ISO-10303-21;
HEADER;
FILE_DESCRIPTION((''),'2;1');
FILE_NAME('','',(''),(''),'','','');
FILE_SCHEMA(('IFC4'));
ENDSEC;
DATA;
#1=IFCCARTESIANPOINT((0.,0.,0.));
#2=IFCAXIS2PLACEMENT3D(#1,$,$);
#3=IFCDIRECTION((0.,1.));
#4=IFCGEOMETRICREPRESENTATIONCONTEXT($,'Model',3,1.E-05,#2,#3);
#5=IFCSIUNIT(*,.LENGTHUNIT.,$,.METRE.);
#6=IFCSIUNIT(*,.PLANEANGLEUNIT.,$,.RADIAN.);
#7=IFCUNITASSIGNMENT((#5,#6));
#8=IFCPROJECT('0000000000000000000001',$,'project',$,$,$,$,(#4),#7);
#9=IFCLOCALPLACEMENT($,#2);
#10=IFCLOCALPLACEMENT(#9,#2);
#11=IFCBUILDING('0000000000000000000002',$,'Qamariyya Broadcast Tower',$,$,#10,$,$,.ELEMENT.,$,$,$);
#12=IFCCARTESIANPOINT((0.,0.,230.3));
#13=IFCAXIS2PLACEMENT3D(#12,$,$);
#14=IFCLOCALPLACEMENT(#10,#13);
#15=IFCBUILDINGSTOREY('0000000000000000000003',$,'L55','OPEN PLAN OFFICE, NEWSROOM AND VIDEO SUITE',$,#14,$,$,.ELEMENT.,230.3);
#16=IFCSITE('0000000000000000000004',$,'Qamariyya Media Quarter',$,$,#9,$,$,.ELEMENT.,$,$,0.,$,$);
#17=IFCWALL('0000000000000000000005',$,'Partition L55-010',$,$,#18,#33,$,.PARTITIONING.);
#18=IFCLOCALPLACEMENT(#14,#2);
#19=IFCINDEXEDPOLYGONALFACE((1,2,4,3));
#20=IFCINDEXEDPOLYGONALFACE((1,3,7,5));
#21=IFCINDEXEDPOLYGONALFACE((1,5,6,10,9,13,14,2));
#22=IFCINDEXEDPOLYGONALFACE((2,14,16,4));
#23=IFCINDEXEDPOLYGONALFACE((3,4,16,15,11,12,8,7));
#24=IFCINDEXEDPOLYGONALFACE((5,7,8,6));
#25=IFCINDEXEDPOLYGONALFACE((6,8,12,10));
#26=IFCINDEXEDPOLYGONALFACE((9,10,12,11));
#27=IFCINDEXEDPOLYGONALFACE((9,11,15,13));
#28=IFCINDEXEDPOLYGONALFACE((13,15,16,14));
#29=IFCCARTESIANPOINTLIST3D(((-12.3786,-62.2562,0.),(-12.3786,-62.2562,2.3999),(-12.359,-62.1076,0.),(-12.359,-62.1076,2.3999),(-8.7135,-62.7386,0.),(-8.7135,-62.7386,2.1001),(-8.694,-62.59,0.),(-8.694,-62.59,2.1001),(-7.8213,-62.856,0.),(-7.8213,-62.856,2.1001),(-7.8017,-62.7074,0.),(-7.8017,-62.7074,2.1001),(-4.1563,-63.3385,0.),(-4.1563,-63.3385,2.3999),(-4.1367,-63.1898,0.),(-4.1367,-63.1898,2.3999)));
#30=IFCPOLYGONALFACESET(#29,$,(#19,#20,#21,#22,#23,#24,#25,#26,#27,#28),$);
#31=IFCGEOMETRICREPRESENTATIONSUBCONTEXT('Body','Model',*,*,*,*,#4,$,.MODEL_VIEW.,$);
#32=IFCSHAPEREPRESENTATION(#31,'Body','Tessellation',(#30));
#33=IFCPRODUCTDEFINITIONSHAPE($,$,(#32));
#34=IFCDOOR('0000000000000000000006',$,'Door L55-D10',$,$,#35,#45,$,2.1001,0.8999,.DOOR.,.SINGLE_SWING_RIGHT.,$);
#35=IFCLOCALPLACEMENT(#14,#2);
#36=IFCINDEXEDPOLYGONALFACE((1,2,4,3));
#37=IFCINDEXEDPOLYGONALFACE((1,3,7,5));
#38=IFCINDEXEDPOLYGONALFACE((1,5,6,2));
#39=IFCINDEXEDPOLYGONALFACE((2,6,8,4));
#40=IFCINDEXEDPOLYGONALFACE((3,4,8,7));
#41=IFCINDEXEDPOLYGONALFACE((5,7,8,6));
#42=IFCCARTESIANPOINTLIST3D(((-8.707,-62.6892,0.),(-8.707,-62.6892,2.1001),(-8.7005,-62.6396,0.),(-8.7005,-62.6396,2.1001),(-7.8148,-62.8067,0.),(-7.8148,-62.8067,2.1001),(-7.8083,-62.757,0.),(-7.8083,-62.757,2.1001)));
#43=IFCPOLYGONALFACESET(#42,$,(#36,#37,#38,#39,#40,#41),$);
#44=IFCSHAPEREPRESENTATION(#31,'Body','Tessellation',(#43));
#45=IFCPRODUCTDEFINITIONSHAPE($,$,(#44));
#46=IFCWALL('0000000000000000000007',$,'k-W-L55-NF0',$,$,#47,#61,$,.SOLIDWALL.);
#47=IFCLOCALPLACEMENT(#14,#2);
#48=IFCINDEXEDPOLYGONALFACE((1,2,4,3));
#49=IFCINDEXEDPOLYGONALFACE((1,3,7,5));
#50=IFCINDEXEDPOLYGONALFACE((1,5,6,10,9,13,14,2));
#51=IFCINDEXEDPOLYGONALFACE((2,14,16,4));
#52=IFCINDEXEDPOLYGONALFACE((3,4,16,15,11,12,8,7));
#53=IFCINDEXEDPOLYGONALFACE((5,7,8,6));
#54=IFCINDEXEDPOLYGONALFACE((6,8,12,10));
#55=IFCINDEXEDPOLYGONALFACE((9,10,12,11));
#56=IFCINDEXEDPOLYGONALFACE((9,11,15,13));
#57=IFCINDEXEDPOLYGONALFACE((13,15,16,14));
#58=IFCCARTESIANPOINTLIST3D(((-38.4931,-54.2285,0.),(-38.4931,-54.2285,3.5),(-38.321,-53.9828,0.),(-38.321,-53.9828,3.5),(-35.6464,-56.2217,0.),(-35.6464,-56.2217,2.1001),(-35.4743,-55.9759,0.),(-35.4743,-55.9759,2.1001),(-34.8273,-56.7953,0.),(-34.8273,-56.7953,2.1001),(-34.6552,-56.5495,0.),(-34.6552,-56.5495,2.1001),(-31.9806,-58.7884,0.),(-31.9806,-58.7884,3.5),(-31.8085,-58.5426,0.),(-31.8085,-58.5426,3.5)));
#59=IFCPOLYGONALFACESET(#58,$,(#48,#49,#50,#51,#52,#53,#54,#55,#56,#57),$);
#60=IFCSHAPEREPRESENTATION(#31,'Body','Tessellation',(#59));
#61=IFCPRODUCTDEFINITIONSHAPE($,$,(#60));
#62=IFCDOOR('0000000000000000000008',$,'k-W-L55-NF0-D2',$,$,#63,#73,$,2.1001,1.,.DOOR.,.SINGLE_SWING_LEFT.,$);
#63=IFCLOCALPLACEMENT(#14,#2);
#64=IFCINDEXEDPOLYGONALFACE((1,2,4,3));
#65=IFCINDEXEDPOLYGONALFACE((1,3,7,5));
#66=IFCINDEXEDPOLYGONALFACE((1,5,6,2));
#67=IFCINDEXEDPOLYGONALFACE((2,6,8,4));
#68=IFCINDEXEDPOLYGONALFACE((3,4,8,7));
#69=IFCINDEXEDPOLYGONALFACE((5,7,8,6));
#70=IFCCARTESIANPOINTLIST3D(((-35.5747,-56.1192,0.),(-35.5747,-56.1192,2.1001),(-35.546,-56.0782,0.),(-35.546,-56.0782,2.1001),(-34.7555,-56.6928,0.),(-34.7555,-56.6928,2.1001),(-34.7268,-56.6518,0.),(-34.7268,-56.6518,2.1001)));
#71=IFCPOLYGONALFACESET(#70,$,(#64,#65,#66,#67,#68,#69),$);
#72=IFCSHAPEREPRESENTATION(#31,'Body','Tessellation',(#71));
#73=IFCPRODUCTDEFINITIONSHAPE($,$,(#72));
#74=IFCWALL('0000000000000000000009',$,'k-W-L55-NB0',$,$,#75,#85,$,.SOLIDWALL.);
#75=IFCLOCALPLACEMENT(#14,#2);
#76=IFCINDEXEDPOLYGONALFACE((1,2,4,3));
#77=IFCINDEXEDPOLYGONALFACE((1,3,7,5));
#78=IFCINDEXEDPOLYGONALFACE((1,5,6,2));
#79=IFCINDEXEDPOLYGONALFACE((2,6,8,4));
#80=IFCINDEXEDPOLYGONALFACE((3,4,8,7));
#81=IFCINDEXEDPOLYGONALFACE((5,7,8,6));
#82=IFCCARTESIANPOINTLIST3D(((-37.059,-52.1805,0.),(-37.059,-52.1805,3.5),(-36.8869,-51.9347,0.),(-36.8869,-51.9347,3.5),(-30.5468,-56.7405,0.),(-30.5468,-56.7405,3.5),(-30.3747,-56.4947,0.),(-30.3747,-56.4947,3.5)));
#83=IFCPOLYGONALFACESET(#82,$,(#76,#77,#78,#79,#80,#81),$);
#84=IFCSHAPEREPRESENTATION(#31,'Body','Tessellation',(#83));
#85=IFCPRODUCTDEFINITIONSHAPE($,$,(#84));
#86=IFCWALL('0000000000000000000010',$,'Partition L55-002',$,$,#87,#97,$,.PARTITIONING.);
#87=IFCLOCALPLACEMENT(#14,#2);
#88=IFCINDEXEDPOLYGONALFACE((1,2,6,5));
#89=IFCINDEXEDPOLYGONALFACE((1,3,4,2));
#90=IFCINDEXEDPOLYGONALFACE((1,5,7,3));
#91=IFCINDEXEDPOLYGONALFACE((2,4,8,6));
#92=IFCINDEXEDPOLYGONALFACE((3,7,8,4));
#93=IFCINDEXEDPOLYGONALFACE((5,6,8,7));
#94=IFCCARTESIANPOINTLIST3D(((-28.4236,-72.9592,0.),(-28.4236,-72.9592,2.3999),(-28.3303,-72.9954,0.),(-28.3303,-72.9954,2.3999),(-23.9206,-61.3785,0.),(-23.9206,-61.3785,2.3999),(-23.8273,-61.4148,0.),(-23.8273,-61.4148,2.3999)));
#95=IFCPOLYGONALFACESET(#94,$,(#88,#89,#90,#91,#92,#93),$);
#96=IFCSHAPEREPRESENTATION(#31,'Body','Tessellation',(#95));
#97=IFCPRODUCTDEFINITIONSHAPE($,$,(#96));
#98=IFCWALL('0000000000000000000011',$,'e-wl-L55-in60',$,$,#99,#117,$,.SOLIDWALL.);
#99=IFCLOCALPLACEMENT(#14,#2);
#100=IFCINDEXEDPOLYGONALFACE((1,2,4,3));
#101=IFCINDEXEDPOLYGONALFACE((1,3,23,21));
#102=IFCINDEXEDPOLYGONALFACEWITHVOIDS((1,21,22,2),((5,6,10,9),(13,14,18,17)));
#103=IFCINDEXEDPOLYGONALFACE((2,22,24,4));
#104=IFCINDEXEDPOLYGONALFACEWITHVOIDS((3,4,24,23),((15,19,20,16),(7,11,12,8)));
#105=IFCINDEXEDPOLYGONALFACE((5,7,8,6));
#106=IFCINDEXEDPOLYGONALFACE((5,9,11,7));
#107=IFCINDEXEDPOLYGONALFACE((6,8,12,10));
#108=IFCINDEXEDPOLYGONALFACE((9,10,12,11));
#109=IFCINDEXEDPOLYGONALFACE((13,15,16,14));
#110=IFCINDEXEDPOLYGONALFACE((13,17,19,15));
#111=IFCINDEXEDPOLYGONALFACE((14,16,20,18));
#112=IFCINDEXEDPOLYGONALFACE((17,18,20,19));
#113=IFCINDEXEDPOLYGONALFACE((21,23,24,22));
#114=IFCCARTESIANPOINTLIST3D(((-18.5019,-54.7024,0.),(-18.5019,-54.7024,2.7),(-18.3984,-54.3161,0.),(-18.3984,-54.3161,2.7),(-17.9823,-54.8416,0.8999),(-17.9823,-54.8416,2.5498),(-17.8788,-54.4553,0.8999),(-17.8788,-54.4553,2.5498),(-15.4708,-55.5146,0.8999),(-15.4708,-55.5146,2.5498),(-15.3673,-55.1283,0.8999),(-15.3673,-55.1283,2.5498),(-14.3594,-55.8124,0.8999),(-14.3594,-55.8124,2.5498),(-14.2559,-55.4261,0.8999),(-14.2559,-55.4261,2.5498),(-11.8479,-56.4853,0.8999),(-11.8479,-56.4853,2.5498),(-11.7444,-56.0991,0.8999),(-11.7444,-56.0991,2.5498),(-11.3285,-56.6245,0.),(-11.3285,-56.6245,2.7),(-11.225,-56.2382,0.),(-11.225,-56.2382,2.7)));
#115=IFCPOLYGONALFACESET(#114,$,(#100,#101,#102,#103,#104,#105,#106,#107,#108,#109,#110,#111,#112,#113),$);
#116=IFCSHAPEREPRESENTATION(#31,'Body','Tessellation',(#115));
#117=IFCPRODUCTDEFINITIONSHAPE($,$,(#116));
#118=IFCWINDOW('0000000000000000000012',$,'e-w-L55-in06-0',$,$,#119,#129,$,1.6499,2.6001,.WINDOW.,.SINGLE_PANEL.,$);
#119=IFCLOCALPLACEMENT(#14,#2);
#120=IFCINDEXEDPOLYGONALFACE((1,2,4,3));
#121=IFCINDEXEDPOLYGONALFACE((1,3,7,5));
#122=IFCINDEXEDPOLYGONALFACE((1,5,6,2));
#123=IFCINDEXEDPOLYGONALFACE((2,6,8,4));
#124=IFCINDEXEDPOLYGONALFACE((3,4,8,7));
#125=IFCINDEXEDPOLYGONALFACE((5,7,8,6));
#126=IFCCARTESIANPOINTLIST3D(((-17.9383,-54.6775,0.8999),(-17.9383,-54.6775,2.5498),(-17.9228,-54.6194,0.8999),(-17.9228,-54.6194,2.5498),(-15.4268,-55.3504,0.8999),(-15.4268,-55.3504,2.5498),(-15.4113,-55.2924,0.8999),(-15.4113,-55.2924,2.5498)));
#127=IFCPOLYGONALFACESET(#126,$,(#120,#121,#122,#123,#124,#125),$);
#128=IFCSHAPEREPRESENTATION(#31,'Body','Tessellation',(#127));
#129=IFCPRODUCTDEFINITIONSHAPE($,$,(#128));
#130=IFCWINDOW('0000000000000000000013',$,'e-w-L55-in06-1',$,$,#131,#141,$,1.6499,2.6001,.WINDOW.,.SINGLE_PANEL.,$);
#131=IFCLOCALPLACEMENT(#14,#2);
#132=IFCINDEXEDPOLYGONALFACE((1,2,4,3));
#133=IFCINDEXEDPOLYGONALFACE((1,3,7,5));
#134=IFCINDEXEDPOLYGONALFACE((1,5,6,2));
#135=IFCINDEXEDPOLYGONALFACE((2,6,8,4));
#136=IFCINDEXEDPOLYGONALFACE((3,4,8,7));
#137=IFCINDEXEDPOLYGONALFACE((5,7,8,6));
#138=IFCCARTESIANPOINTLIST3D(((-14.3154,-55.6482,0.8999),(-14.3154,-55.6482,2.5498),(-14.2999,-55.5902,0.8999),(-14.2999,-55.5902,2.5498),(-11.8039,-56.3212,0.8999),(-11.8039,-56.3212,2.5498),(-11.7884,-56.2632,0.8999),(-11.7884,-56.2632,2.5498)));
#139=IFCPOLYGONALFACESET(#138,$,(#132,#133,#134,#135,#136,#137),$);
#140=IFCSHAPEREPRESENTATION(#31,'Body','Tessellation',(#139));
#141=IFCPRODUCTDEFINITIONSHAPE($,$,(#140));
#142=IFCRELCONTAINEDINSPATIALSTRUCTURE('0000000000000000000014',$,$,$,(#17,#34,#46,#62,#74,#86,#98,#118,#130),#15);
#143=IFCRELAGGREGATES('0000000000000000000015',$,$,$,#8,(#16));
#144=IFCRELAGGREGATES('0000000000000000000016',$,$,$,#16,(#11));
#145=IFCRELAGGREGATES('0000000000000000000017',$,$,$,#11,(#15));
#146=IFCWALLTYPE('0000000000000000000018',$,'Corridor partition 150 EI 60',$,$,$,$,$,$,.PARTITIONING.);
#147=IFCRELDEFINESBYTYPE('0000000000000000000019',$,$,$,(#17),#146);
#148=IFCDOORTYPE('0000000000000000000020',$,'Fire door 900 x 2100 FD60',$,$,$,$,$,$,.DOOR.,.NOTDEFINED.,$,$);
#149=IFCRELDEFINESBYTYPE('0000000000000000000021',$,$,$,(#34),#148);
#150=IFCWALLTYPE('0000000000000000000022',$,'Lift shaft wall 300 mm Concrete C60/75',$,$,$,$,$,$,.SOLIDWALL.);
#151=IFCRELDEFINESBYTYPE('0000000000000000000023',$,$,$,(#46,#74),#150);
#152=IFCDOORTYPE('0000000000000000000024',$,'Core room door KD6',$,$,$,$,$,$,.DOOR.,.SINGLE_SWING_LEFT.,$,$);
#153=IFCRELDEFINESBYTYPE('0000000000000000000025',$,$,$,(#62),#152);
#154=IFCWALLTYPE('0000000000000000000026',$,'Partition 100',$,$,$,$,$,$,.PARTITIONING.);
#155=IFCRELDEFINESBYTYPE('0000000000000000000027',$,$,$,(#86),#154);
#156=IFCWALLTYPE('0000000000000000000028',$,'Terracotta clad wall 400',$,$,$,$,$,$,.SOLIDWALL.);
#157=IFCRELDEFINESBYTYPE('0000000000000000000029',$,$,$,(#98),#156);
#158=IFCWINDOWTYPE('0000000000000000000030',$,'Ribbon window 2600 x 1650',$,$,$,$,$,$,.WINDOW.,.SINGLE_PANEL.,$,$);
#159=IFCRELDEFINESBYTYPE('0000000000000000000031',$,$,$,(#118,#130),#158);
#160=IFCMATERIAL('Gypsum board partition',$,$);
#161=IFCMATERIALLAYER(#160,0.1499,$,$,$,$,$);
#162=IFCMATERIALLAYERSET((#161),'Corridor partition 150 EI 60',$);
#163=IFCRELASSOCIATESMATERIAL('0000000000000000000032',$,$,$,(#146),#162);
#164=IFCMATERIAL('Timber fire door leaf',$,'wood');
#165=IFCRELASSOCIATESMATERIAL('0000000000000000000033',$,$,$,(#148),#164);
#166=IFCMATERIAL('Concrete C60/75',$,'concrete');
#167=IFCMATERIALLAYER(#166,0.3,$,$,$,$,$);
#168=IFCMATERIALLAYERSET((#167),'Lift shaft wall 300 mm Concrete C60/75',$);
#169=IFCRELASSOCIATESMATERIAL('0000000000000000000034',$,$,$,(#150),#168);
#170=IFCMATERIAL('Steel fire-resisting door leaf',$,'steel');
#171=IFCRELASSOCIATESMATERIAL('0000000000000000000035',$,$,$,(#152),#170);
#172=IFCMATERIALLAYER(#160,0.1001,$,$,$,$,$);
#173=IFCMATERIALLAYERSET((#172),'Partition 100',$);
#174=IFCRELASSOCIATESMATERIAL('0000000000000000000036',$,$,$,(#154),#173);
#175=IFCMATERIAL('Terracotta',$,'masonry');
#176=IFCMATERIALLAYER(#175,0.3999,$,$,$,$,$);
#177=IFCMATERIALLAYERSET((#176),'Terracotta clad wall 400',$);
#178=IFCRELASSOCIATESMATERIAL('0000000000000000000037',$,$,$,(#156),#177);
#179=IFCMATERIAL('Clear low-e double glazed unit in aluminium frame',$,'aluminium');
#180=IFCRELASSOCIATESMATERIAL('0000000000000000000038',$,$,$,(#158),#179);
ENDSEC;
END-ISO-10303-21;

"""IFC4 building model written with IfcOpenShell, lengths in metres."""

from ifc_helpers import new_model, si_unit, direction, frame, frame_2d, origin, place, context, subcontext, project, spatial, rectangle, extrude, material, layer, layer_set, type_object, element, fill, save


model = new_model("IFC4")

# Units and contexts
model_context = context("Model", 3, precision=1e-05, world=origin(), true_north=direction((0.0, 1.0)))
body_context = subcontext(model_context, "Body", "Model", "MODEL_VIEW")
ifc_project = project(units=[si_unit("LENGTHUNIT", "METRE"), si_unit("PLANEANGLEUNIT", "RADIAN")], contexts=[model_context])

# Site, building, storey
site_placement = place(None, origin())
site = spatial("IfcSite", under=ifc_project, at=site_placement, Name="Qamariyya Media Quarter", CompositionType="ELEMENT", RefElevation=0.0)
building_placement = place(site_placement, origin())
building = spatial("IfcBuilding", under=site, at=building_placement, Name="Qamariyya Broadcast Tower", CompositionType="ELEMENT")
storey_placement = place(building_placement, frame((0.0, 0.0, 230.3)))
storey = spatial("IfcBuildingStorey", under=building, at=storey_placement, Name="L55", Description="OPEN PLAN OFFICE, NEWSROOM AND VIDEO SUITE", CompositionType="ELEMENT", Elevation=230.3)

# Shared definitions
ifc_material_1 = material(Name="Concrete C60/75", Category="concrete")

# Shared definitions
ifc_material_2 = material(Name="Gypsum board partition")
ifc_layer_1 = layer(ifc_material_2, 0.1499)
ifc_layer_set_1 = layer_set([ifc_layer_1], Name="Corridor partition 150 EI 60")
wall_type_1 = type_object("IfcWallType", Name="Corridor partition 150 EI 60", PredefinedType="PARTITIONING", material=ifc_layer_set_1)
ifc_material_3 = material(Name="Timber fire door leaf", Category="wood")

# Walls, openings, doors
door_type_1 = type_object("IfcDoorType", Name="Fire door 900 x 2100 FD60", OperationType="NOTDEFINED", PredefinedType="DOOR", material=ifc_material_3)
wall_1_placement = place(storey_placement, frame((-12.3687, -62.1819, 0.0), z_axis=(0.0, 0.0, 1.0), x_axis=(0.991448, -0.130503, 0.0)))
wall_1 = element("IfcWall", 1, at=wall_1_placement, inside=storey, type_object=wall_type_1, Name="Partition L55-010", PredefinedType="PARTITIONING", context=body_context, shape_type="SweptSolid", body=[
    extrude(rectangle(XDim=8.2932, YDim=0.1499, at=frame_2d((4.1465, 0.0))), origin(), (0.0, 0.0, 1.0), 2.3999),
])
opening_1_placement = place(wall_1_placement, frame((3.6965, 0.0, 0.0)))
opening_1 = element("IfcOpeningElement", 2, at=opening_1_placement, cuts=wall_1, PredefinedType="OPENING", context=body_context, shape_type="SweptSolid", body=[
    extrude(rectangle(XDim=0.8999, YDim=2.1001, at=frame_2d((0.45, 1.05))), frame((0.0, 0.085, 0.0), z_axis=(0.0, -1.0, 0.0), x_axis=(1.0, 0.0, 0.0)), (0.0, 0.0, 1.0), 0.1699),
])
door_1_placement = place(opening_1_placement, origin())
door_1 = element("IfcDoor", 3, at=door_1_placement, inside=storey, type_object=door_type_1, Name="Door L55-D10", OperationType="SINGLE_SWING_RIGHT", OverallHeight=2.1001, OverallWidth=0.8999, PredefinedType="DOOR", context=body_context, shape_type="SweptSolid", body=[
    extrude(rectangle(XDim=0.8999, YDim=2.1001, at=frame_2d((0.45, 1.05))), frame((0.0, 0.0249, 0.0), z_axis=(0.0, -1.0, 0.0), x_axis=(1.0, 0.0, 0.0)), (0.0, 0.0, 1.0), 0.05),
])
fill(opening_1, door_1)
ifc_layer_2 = layer(ifc_material_1, 0.3)
ifc_layer_set_2 = layer_set([ifc_layer_2], Name="Lift shaft wall 300 mm Concrete C60/75")
wall_type_2 = type_object("IfcWallType", Name="Lift shaft wall 300 mm Concrete C60/75", PredefinedType="SOLIDWALL", material=ifc_layer_set_2)
wall_2_placement = place(storey_placement, frame((-31.8945, -58.6655, 0.0), z_axis=(0.0, 0.0, 1.0), x_axis=(-0.819167, 0.573555, 0.0)))
wall_2 = element("IfcWall", 4, at=wall_2_placement, inside=storey, type_object=wall_type_2, Name="k-W-L55-NF0", PredefinedType="SOLIDWALL", context=body_context, shape_type="SweptSolid", body=[
    extrude(rectangle(XDim=7.9502, YDim=0.3, at=frame_2d((3.9751, 0.0))), origin(), (0.0, 0.0, 1.0), 3.5),
])
opening_2_placement = place(wall_2_placement, frame((3.4751, 0.0, 0.0)))
opening_2 = element("IfcOpeningElement", 5, at=opening_2_placement, cuts=wall_2, PredefinedType="OPENING", context=body_context, shape_type="SweptSolid", body=[
    extrude(rectangle(XDim=1.0, YDim=2.1001, at=frame_2d((0.5, 1.05))), frame((0.0, 0.1599, 0.0), z_axis=(0.0, -1.0, 0.0), x_axis=(1.0, 0.0, 0.0)), (0.0, 0.0, 1.0), 0.3201),
])
ifc_material_4 = material(Name="Steel fire-resisting door leaf", Category="steel")
door_type_2 = type_object("IfcDoorType", Name="Core room door KD6", OperationType="SINGLE_SWING_LEFT", PredefinedType="DOOR", material=ifc_material_4)
door_2_placement = place(opening_2_placement, origin())
door_2 = element("IfcDoor", 6, at=door_2_placement, inside=storey, type_object=door_type_2, Name="k-W-L55-NF0-D2", OperationType="SINGLE_SWING_LEFT", OverallHeight=2.1001, OverallWidth=1.0, PredefinedType="DOOR", context=body_context, shape_type="SweptSolid", body=[
    extrude(rectangle(XDim=1.0, YDim=2.1001, at=frame_2d((0.5, 1.05))), frame((0.0, 0.0249, 0.0), z_axis=(0.0, -1.0, 0.0), x_axis=(1.0, 0.0, 0.0)), (0.0, 0.0, 1.0), 0.05),
])
fill(opening_2, door_2)

# Walls
wall_3_placement = place(storey_placement, frame((-30.4607, -56.6177, 0.0), z_axis=(0.0, 0.0, 1.0), x_axis=(-0.819142, 0.57359, 0.0)))
element("IfcWall", 7, at=wall_3_placement, inside=storey, type_object=wall_type_2, Name="k-W-L55-NB0", PredefinedType="SOLIDWALL", context=body_context, shape_type="SweptSolid", body=[
    extrude(rectangle(XDim=7.95, YDim=0.3, at=frame_2d((3.9751, 0.0))), origin(), (0.0, 0.0, 1.0), 3.5),
])
ifc_layer_3 = layer(ifc_material_2, 0.1001)
ifc_layer_set_3 = layer_set([ifc_layer_3], Name="Partition 100")
wall_type_3 = type_object("IfcWallType", Name="Partition 100", PredefinedType="PARTITIONING", material=ifc_layer_set_3)
wall_4_placement = place(storey_placement, frame((-28.377, -72.9773, 0.0), z_axis=(0.0, 0.0, 1.0), x_axis=(0.362403, 0.932022, 0.0)))
element("IfcWall", 8, at=wall_4_placement, inside=storey, type_object=wall_type_3, Name="Partition L55-002", PredefinedType="PARTITIONING", context=body_context, shape_type="SweptSolid", body=[
    extrude(rectangle(XDim=12.4253, YDim=0.1001, at=frame_2d((6.2126, 0.0))), origin(), (0.0, 0.0, 1.0), 2.3999),
])

# Wall, openings, windows
ifc_material_5 = material(Name="Terracotta", Category="masonry")
ifc_layer_4 = layer(ifc_material_5, 0.3999)
ifc_layer_set_4 = layer_set([ifc_layer_4], Name="Terracotta clad wall 400")
wall_type_4 = type_object("IfcWallType", Name="Terracotta clad wall 400", PredefinedType="SOLIDWALL", material=ifc_layer_set_4)
wall_5_placement = place(storey_placement, frame((-11.2766, -56.4314, 0.0), z_axis=(0.0, 0.0, 1.0), x_axis=(-0.965925, 0.258823, 0.0)))
wall_5 = element("IfcWall", 9, at=wall_5_placement, inside=storey, type_object=wall_type_4, Name="e-wl-L55-in60", PredefinedType="SOLIDWALL", context=body_context, shape_type="SweptSolid", body=[
    extrude(rectangle(XDim=7.4265, YDim=0.3999, at=frame_2d((3.7134, 0.0))), origin(), (0.0, 0.0, 1.0), 2.7),
])
opening_3_placement = place(wall_5_placement, frame((4.2886, 0.0, 0.8999)))
opening_3 = element("IfcOpeningElement", 10, at=opening_3_placement, cuts=wall_5, PredefinedType="OPENING", context=body_context, shape_type="SweptSolid", body=[
    extrude(rectangle(XDim=2.6001, YDim=1.6499, at=frame_2d((1.3, 0.825))), frame((0.0, 0.21, 0.0), z_axis=(0.0, -1.0, 0.0), x_axis=(1.0, 0.0, 0.0)), (0.0, 0.0, 1.0), 0.4199),
])
opening_4_placement = place(wall_5_placement, frame((0.5378, 0.0, 0.8999)))
opening_4 = element("IfcOpeningElement", 11, at=opening_4_placement, cuts=wall_5, PredefinedType="OPENING", context=body_context, shape_type="SweptSolid", body=[
    extrude(rectangle(XDim=2.6001, YDim=1.6499, at=frame_2d((1.3, 0.825))), frame((0.0, 0.21, 0.0), z_axis=(0.0, -1.0, 0.0), x_axis=(1.0, 0.0, 0.0)), (0.0, 0.0, 1.0), 0.4199),
])
ifc_material_6 = material(Name="Clear low-e double glazed unit in aluminium frame", Category="aluminium")
window_type = type_object("IfcWindowType", Name="Ribbon window 2600 x 1650", PartitioningType="SINGLE_PANEL", PredefinedType="WINDOW", material=ifc_material_6)
window_1_placement = place(opening_3_placement, origin())
window_1 = element("IfcWindow", 12, at=window_1_placement, inside=storey, type_object=window_type, Name="e-w-L55-in06-0", OverallHeight=1.6499, OverallWidth=2.6001, PartitioningType="SINGLE_PANEL", PredefinedType="WINDOW", context=body_context, shape_type="SweptSolid", body=[
    extrude(rectangle(XDim=2.6001, YDim=1.6499, at=frame_2d((1.3, 0.825))), frame((0.0, 0.03, 0.0), z_axis=(0.0, -1.0, 0.0), x_axis=(1.0, 0.0, 0.0)), (0.0, 0.0, 1.0), 0.0601),
])
fill(opening_3, window_1)
window_2_placement = place(opening_4_placement, origin())
window_2 = element("IfcWindow", 13, at=window_2_placement, inside=storey, type_object=window_type, Name="e-w-L55-in06-1", OverallHeight=1.6499, OverallWidth=2.6001, PartitioningType="SINGLE_PANEL", PredefinedType="WINDOW", context=body_context, shape_type="SweptSolid", body=[
    extrude(rectangle(XDim=2.6001, YDim=1.6499, at=frame_2d((1.3, 0.825))), frame((0.0, 0.03, 0.0), z_axis=(0.0, -1.0, 0.0), x_axis=(1.0, 0.0, 0.0)), (0.0, 0.0, 1.0), 0.0601),
])
fill(opening_4, window_2)

save(model, "model.ifc")
